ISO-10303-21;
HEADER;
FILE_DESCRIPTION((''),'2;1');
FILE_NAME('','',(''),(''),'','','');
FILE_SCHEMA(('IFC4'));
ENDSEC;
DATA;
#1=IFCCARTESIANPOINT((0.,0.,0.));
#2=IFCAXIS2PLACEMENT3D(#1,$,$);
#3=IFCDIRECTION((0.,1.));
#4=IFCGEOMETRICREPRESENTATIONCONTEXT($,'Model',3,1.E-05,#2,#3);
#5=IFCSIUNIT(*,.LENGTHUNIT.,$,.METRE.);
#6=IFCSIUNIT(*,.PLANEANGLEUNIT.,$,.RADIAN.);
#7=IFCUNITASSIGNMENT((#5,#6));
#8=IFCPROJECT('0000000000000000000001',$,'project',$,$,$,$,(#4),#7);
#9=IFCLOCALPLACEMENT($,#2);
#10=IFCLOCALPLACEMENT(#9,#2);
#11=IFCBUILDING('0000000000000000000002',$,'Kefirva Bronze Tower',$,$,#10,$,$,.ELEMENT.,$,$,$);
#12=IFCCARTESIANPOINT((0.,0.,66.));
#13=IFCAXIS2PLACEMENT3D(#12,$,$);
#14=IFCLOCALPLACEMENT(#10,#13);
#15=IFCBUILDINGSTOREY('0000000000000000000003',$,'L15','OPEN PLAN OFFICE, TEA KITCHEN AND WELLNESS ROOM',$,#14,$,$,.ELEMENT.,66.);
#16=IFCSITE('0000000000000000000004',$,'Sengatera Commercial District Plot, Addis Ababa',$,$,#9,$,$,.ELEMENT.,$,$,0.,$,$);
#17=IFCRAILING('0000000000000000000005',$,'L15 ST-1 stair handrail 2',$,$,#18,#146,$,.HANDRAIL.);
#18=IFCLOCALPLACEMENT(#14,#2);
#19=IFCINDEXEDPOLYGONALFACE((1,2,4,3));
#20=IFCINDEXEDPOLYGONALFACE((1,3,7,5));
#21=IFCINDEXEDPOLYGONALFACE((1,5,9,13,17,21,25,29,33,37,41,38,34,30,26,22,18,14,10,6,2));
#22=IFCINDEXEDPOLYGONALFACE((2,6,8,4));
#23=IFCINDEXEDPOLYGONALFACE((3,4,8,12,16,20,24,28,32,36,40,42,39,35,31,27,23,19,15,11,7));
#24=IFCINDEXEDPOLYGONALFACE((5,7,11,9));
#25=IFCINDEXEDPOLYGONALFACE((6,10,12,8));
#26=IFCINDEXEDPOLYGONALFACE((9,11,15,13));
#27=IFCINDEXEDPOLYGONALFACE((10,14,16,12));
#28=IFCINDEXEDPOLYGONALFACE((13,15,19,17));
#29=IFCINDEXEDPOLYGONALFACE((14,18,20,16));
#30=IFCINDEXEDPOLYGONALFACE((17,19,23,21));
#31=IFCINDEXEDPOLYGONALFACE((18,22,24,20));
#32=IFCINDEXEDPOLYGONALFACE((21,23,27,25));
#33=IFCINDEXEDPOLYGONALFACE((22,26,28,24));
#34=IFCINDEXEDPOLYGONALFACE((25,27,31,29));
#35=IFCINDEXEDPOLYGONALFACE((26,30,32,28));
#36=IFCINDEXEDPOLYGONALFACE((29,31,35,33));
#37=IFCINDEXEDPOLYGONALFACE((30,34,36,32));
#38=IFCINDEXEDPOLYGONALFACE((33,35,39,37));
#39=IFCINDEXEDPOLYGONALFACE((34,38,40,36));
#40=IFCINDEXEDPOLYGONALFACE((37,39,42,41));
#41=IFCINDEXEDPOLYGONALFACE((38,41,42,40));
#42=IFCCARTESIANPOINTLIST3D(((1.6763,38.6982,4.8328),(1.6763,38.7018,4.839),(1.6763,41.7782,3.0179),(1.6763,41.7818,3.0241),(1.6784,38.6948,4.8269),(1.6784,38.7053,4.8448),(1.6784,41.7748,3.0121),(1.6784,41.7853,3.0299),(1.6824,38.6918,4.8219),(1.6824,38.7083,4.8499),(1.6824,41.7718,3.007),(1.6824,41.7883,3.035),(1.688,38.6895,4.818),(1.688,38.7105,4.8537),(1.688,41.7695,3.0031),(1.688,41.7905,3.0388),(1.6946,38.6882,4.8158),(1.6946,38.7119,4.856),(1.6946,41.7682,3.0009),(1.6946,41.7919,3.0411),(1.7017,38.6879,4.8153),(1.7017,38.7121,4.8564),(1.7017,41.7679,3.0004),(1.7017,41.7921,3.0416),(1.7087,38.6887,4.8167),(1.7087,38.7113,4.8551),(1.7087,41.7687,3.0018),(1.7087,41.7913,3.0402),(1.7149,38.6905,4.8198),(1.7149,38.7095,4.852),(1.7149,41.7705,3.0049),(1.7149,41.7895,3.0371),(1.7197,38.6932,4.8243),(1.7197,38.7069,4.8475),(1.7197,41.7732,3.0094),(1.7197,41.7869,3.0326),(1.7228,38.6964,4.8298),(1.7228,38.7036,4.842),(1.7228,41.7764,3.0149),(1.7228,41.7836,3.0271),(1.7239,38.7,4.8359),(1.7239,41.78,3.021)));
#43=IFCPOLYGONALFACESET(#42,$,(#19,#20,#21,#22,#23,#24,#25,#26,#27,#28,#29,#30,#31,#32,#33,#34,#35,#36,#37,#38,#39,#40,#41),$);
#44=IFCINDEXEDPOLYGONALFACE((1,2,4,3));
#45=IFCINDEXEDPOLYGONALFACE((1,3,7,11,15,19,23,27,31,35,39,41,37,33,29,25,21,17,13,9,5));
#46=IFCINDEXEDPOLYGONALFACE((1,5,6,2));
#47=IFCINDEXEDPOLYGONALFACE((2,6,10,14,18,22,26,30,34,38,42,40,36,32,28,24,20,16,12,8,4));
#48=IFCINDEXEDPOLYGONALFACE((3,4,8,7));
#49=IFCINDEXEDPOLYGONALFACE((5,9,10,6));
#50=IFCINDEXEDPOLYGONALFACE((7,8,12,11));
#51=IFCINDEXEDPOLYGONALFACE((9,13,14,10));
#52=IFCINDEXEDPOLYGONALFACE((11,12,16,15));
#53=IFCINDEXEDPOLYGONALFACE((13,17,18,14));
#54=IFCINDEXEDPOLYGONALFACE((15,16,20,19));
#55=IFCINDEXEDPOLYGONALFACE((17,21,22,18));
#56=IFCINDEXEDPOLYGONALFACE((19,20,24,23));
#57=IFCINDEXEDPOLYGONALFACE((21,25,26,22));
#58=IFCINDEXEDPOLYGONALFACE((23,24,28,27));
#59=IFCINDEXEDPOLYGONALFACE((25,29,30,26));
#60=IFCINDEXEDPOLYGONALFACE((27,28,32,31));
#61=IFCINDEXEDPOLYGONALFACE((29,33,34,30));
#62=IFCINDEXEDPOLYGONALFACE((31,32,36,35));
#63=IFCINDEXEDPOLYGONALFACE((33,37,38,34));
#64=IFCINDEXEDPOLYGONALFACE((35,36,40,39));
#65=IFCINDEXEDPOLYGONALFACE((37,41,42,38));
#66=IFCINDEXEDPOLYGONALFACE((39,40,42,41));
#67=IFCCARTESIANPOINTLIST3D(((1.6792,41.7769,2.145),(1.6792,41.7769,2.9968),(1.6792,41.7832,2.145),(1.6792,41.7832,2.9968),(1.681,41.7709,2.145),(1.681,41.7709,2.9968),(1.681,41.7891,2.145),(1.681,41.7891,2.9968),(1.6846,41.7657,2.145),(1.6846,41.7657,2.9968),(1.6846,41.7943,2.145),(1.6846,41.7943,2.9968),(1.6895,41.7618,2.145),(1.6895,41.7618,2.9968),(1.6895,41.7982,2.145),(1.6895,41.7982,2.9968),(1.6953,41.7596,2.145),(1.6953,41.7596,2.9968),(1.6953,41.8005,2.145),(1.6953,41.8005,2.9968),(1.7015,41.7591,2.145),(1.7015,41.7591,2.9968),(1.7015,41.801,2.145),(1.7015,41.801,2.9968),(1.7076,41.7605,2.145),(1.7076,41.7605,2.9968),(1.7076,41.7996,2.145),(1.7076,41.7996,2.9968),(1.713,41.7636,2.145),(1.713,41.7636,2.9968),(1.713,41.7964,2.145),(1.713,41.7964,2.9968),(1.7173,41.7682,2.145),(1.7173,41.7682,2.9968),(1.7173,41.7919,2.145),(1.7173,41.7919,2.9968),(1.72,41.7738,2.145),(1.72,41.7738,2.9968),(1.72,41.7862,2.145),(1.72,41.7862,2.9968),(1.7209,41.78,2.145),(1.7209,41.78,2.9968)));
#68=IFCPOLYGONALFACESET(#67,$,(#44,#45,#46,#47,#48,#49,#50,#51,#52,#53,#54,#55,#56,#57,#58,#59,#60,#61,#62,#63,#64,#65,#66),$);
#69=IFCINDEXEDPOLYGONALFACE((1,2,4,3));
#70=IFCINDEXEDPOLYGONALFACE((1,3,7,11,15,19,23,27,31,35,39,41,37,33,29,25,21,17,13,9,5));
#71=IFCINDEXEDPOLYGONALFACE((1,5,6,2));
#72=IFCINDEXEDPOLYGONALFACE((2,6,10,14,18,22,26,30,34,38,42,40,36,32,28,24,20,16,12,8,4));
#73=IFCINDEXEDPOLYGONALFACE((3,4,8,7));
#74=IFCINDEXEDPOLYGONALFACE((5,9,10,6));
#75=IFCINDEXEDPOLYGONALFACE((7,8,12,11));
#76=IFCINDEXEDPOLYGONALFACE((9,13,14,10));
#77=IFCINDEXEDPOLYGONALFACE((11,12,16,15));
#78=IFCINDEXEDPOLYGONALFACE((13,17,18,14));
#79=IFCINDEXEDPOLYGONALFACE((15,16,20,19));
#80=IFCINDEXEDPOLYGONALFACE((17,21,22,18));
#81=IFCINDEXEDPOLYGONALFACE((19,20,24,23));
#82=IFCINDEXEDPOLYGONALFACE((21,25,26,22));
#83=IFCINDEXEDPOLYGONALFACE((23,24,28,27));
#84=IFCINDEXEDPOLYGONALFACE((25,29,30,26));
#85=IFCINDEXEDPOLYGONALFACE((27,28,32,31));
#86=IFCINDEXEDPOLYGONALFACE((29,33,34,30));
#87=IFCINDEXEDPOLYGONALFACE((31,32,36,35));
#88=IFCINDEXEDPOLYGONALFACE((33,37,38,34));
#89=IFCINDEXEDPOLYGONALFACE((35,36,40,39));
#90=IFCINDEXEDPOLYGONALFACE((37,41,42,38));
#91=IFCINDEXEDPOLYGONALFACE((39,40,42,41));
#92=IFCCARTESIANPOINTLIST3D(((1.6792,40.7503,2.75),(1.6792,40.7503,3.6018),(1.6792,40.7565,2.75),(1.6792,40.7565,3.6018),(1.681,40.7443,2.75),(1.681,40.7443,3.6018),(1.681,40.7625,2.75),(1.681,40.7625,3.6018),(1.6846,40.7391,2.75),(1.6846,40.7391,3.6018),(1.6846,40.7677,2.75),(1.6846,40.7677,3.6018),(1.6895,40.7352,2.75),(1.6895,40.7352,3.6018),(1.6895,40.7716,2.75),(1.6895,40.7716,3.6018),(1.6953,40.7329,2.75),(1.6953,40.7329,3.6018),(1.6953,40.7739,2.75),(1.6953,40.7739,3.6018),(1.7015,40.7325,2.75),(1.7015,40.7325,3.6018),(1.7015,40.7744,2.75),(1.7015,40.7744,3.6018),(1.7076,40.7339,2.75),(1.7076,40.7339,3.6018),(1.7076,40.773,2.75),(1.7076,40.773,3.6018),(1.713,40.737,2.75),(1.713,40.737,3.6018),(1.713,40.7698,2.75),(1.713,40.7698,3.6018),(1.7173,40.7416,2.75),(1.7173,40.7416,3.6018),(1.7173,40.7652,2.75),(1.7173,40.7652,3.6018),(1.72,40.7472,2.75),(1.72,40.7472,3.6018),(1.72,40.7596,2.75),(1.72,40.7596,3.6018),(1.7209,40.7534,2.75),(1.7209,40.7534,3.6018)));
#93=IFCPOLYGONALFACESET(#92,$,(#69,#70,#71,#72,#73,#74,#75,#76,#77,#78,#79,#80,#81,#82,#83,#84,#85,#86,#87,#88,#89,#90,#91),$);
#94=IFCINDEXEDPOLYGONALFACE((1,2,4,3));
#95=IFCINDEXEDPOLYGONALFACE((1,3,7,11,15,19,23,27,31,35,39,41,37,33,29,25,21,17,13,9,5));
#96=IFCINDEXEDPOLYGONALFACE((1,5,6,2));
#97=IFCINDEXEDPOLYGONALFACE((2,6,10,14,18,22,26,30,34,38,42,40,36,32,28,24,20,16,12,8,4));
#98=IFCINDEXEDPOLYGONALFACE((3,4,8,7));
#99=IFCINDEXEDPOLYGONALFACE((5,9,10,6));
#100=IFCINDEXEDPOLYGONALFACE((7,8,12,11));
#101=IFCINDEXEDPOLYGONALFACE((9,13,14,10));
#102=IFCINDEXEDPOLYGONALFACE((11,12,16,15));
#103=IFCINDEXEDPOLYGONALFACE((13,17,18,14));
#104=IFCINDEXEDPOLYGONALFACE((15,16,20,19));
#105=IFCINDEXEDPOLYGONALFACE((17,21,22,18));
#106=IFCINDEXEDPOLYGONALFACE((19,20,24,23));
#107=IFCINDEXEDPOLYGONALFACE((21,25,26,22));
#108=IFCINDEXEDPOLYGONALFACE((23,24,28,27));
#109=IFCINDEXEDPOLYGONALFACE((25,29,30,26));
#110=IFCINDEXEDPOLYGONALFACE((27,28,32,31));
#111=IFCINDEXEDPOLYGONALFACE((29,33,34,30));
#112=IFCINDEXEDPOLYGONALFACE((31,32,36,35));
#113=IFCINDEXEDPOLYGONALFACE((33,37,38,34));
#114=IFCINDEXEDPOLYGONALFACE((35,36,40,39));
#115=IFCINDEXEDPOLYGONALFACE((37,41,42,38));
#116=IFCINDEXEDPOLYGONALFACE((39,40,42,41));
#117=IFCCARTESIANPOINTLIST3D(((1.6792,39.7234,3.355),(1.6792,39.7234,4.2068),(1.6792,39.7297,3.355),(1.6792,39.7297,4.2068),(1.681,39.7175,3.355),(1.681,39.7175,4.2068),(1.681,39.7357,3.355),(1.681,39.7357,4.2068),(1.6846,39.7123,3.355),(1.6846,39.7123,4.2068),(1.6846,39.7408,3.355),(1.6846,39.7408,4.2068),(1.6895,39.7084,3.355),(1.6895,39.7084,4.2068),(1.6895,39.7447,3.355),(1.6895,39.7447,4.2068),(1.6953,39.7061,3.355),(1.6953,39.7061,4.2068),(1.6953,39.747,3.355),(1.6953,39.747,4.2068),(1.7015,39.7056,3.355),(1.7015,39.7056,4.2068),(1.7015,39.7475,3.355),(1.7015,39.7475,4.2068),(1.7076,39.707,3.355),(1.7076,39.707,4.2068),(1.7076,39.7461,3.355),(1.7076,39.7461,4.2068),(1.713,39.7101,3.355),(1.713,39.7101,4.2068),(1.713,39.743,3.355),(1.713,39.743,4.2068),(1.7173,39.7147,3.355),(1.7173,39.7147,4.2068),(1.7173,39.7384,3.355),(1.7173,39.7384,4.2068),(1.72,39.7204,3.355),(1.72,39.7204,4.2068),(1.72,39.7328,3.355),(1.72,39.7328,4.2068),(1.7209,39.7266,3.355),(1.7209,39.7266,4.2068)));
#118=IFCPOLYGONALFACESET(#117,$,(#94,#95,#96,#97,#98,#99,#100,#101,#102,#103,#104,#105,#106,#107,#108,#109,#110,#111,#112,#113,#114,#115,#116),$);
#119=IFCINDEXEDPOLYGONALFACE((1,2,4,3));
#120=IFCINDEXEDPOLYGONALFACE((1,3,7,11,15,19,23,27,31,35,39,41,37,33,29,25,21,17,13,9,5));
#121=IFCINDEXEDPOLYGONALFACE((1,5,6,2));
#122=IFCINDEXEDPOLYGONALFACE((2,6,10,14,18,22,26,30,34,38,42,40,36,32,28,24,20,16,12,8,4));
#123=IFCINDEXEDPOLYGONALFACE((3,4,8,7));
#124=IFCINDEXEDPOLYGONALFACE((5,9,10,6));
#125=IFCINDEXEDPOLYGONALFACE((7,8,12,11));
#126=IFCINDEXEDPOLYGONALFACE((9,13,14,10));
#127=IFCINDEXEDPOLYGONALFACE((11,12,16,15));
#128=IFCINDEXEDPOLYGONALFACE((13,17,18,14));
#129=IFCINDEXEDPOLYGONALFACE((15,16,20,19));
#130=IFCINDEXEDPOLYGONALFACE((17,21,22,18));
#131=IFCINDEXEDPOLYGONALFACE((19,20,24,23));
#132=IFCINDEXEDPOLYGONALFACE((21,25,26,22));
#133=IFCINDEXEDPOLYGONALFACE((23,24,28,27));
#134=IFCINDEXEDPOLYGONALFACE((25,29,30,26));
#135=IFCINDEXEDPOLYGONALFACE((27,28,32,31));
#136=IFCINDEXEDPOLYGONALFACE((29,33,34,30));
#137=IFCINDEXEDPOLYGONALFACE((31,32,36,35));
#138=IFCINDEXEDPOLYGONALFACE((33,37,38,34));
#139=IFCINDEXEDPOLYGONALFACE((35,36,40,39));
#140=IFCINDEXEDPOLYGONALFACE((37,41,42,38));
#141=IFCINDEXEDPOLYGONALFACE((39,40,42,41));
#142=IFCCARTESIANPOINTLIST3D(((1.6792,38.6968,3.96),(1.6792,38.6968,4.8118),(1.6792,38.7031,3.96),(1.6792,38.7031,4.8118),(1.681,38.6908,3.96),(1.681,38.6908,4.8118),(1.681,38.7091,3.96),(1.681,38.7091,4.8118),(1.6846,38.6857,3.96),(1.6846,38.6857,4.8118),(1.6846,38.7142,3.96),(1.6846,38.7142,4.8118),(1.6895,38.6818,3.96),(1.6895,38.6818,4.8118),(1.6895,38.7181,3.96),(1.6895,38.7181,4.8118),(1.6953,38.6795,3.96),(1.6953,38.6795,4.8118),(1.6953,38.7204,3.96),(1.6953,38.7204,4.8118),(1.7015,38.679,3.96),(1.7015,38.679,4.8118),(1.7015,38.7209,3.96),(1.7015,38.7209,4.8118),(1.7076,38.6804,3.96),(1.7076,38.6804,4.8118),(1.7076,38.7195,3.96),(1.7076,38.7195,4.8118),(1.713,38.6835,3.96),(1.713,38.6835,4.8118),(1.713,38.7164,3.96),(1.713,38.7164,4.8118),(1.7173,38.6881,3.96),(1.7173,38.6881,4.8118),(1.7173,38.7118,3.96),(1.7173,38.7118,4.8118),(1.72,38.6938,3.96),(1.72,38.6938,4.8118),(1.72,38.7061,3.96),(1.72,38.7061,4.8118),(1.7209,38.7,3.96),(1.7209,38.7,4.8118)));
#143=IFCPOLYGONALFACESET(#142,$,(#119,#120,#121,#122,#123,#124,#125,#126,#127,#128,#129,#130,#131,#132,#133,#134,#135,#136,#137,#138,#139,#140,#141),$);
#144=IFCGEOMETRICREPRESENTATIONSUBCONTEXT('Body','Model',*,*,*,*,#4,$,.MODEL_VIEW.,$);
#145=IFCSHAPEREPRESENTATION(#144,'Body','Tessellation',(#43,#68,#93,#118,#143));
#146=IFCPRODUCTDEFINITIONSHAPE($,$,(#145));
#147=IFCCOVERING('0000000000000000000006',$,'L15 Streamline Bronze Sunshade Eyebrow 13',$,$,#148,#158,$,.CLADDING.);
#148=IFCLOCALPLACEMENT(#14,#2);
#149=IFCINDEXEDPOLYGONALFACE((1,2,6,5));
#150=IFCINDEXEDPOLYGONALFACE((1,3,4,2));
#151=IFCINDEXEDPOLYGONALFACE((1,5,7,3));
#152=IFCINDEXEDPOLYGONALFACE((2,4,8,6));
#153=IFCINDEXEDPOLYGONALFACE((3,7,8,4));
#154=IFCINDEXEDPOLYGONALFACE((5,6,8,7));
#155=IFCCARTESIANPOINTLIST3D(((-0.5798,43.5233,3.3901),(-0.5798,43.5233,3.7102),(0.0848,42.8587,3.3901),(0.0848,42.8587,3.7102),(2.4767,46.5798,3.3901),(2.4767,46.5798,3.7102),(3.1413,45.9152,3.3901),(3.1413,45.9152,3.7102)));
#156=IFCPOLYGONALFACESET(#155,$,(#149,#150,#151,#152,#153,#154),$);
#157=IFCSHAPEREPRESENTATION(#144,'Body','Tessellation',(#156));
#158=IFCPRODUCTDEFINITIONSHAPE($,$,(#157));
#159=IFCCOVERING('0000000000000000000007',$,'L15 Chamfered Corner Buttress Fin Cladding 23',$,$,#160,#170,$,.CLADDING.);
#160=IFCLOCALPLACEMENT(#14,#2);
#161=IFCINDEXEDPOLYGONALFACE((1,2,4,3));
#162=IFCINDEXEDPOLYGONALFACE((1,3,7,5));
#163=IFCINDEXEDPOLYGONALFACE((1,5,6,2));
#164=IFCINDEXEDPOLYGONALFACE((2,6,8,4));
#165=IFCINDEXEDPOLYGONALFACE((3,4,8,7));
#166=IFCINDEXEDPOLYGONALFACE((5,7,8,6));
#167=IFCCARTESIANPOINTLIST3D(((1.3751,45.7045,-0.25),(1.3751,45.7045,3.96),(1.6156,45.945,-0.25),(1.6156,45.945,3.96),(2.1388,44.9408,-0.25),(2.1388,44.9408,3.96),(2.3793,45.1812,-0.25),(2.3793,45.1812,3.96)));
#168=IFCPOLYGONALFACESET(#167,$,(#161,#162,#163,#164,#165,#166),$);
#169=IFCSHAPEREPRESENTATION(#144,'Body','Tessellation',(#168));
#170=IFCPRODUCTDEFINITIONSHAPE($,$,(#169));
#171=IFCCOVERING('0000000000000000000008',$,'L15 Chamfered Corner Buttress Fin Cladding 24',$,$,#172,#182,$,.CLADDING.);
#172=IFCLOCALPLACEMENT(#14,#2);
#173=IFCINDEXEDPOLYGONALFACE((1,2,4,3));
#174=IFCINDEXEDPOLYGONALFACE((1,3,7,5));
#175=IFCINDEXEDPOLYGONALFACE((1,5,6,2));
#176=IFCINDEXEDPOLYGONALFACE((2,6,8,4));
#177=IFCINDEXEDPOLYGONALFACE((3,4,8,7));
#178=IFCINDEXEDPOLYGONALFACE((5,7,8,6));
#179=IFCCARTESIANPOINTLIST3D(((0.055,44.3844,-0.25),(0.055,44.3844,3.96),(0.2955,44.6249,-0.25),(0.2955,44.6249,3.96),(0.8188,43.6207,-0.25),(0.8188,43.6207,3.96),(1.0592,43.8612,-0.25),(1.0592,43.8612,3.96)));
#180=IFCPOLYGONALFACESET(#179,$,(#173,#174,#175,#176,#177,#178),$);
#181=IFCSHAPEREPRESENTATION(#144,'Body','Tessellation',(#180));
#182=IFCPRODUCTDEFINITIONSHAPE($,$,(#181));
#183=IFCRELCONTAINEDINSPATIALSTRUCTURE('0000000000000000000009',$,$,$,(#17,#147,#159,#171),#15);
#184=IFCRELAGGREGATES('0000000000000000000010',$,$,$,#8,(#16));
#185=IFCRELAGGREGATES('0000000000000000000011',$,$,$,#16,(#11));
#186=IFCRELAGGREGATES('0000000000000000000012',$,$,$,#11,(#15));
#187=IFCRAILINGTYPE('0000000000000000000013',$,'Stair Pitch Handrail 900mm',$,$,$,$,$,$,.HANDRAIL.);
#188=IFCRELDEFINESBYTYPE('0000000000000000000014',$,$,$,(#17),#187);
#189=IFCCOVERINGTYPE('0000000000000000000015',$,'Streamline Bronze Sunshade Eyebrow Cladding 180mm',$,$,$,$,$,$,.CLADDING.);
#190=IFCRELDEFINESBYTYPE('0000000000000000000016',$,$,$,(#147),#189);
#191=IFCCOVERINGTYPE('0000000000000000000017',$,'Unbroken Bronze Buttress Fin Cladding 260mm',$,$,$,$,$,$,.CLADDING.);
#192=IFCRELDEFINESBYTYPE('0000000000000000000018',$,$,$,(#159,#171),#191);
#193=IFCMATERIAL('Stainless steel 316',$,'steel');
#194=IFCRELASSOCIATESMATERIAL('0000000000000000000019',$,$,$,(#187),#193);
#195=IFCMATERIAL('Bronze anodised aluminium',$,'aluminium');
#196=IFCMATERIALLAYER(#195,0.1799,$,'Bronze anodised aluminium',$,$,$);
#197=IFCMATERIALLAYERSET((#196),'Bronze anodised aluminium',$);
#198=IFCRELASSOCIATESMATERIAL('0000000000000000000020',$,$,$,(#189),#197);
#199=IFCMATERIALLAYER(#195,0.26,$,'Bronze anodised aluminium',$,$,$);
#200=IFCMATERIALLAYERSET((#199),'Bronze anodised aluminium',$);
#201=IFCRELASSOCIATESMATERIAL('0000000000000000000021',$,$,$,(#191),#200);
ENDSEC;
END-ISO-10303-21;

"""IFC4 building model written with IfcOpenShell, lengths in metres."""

from ifc_helpers import new_model, si_unit, direction, frame, origin, origin_2d, place, context, subcontext, project, spatial, rectangle, circle, extrude, material, layer, layer_set, type_object, element, save


model = new_model("IFC4")

# Units and contexts
model_context = context("Model", 3, precision=1e-05, world=origin(), true_north=direction((0.0, 1.0)))
body_context = subcontext(model_context, "Body", "Model", "MODEL_VIEW")
ifc_project = project(units=[si_unit("LENGTHUNIT", "METRE"), si_unit("PLANEANGLEUNIT", "RADIAN")], contexts=[model_context])

# Site, building, storey
site_placement = place(None, origin())
site = spatial("IfcSite", under=ifc_project, at=site_placement, Name="Sengatera Commercial District Plot, Addis Ababa", CompositionType="ELEMENT", RefElevation=0.0)
building_placement = place(site_placement, origin())
building = spatial("IfcBuilding", under=site, at=building_placement, Name="Kefirva Bronze Tower", CompositionType="ELEMENT")
storey_placement = place(building_placement, frame((0.0, 0.0, 66.0)))
storey = spatial("IfcBuildingStorey", under=building, at=storey_placement, Name="L15", Description="OPEN PLAN OFFICE, TEA KITCHEN AND WELLNESS ROOM", CompositionType="ELEMENT", Elevation=66.0)

# Shared definitions
ifc_material_1 = material(Name="Bronze anodised aluminium", Category="aluminium")

# Railing
ifc_material_2 = material(Name="Stainless steel 316", Category="steel")
railing_type_1 = type_object("IfcRailingType", Name="Stair Pitch Handrail 900mm", PredefinedType="HANDRAIL", material=ifc_material_2)
railing_1_placement = place(storey_placement, frame((1.7, 41.78, 2.145)))
element("IfcRailing", 1, at=railing_1_placement, inside=storey, type_object=railing_type_1, Name="L15 ST-1 stair handrail 2", PredefinedType="HANDRAIL", context=body_context, shape_type="SweptSolid", body=[
    extrude(circle(Radius=0.0239, at=origin_2d()), frame((0.0, 0.0, 0.876), z_axis=(0.0, -0.861551, 0.507671), x_axis=(1.0, 0.0, 0.0)), (0.0, 0.0, 1.0), 3.575),
    extrude(circle(Radius=0.021, at=origin_2d()), origin(), (0.0, 0.0, 1.0), 0.8518),
    extrude(circle(Radius=0.021, at=origin_2d()), frame((0.0, -1.0266, 0.605)), (0.0, 0.0, 1.0), 0.8518),
    extrude(circle(Radius=0.021, at=origin_2d()), frame((0.0, -2.0535, 1.21)), (0.0, 0.0, 1.0), 0.8518),
    extrude(circle(Radius=0.021, at=origin_2d()), frame((0.0, -3.0801, 1.8149)), (0.0, 0.0, 1.0), 0.8518),
])

# Coverings
ifc_layer_1 = layer(ifc_material_1, 0.1799, Name="Bronze anodised aluminium")
ifc_layer_set_1 = layer_set([ifc_layer_1], Name="Bronze anodised aluminium")
covering_type_1 = type_object("IfcCoveringType", Name="Streamline Bronze Sunshade Eyebrow Cladding 180mm", PredefinedType="CLADDING", material=ifc_layer_set_1)
covering_1_placement = place(storey_placement, frame((1.2808, 44.7192, 3.3901), z_axis=(0.0, 0.0, 1.0), x_axis=(-0.707107, -0.707107, 0.0)))
element("IfcCovering", 2, at=covering_1_placement, inside=storey, type_object=covering_type_1, Name="L15 Streamline Bronze Sunshade Eyebrow 13", PredefinedType="CLADDING", context=body_context, shape_type="SweptSolid", body=[
    extrude(rectangle(XDim=4.3225, YDim=0.9399, at=origin_2d()), origin(), (0.0, 0.0, 1.0), 0.3201),
])
ifc_layer_2 = layer(ifc_material_1, 0.26, Name="Bronze anodised aluminium")
ifc_layer_set_2 = layer_set([ifc_layer_2], Name="Bronze anodised aluminium")
covering_type_2 = type_object("IfcCoveringType", Name="Unbroken Bronze Buttress Fin Cladding 260mm", PredefinedType="CLADDING", material=ifc_layer_set_2)
for number, where, z_axis, x_axis, name in (
    (3, (1.8772, 45.4429, -0.25), (0.0, 0.0, 1.0), (-0.707107, -0.707107, 0.0), "L15 Chamfered Corner Buttress Fin Cladding 23"),
    (4, (0.5571, 44.1228, -0.25), (0.0, 0.0, 1.0), (-0.707107, -0.707107, 0.0), "L15 Chamfered Corner Buttress Fin Cladding 24"),
):
    element("IfcCovering", number, at=place(storey_placement, frame(where, z_axis=z_axis, x_axis=x_axis)), inside=storey, type_object=covering_type_2, Name=name, PredefinedType="CLADDING", context=body_context, shape_type="SweptSolid", body=[
        extrude(rectangle(XDim=0.3401, YDim=1.0801, at=origin_2d()), origin(), (0.0, 0.0, 1.0), 4.21),
    ])

save(model, "model.ifc")
